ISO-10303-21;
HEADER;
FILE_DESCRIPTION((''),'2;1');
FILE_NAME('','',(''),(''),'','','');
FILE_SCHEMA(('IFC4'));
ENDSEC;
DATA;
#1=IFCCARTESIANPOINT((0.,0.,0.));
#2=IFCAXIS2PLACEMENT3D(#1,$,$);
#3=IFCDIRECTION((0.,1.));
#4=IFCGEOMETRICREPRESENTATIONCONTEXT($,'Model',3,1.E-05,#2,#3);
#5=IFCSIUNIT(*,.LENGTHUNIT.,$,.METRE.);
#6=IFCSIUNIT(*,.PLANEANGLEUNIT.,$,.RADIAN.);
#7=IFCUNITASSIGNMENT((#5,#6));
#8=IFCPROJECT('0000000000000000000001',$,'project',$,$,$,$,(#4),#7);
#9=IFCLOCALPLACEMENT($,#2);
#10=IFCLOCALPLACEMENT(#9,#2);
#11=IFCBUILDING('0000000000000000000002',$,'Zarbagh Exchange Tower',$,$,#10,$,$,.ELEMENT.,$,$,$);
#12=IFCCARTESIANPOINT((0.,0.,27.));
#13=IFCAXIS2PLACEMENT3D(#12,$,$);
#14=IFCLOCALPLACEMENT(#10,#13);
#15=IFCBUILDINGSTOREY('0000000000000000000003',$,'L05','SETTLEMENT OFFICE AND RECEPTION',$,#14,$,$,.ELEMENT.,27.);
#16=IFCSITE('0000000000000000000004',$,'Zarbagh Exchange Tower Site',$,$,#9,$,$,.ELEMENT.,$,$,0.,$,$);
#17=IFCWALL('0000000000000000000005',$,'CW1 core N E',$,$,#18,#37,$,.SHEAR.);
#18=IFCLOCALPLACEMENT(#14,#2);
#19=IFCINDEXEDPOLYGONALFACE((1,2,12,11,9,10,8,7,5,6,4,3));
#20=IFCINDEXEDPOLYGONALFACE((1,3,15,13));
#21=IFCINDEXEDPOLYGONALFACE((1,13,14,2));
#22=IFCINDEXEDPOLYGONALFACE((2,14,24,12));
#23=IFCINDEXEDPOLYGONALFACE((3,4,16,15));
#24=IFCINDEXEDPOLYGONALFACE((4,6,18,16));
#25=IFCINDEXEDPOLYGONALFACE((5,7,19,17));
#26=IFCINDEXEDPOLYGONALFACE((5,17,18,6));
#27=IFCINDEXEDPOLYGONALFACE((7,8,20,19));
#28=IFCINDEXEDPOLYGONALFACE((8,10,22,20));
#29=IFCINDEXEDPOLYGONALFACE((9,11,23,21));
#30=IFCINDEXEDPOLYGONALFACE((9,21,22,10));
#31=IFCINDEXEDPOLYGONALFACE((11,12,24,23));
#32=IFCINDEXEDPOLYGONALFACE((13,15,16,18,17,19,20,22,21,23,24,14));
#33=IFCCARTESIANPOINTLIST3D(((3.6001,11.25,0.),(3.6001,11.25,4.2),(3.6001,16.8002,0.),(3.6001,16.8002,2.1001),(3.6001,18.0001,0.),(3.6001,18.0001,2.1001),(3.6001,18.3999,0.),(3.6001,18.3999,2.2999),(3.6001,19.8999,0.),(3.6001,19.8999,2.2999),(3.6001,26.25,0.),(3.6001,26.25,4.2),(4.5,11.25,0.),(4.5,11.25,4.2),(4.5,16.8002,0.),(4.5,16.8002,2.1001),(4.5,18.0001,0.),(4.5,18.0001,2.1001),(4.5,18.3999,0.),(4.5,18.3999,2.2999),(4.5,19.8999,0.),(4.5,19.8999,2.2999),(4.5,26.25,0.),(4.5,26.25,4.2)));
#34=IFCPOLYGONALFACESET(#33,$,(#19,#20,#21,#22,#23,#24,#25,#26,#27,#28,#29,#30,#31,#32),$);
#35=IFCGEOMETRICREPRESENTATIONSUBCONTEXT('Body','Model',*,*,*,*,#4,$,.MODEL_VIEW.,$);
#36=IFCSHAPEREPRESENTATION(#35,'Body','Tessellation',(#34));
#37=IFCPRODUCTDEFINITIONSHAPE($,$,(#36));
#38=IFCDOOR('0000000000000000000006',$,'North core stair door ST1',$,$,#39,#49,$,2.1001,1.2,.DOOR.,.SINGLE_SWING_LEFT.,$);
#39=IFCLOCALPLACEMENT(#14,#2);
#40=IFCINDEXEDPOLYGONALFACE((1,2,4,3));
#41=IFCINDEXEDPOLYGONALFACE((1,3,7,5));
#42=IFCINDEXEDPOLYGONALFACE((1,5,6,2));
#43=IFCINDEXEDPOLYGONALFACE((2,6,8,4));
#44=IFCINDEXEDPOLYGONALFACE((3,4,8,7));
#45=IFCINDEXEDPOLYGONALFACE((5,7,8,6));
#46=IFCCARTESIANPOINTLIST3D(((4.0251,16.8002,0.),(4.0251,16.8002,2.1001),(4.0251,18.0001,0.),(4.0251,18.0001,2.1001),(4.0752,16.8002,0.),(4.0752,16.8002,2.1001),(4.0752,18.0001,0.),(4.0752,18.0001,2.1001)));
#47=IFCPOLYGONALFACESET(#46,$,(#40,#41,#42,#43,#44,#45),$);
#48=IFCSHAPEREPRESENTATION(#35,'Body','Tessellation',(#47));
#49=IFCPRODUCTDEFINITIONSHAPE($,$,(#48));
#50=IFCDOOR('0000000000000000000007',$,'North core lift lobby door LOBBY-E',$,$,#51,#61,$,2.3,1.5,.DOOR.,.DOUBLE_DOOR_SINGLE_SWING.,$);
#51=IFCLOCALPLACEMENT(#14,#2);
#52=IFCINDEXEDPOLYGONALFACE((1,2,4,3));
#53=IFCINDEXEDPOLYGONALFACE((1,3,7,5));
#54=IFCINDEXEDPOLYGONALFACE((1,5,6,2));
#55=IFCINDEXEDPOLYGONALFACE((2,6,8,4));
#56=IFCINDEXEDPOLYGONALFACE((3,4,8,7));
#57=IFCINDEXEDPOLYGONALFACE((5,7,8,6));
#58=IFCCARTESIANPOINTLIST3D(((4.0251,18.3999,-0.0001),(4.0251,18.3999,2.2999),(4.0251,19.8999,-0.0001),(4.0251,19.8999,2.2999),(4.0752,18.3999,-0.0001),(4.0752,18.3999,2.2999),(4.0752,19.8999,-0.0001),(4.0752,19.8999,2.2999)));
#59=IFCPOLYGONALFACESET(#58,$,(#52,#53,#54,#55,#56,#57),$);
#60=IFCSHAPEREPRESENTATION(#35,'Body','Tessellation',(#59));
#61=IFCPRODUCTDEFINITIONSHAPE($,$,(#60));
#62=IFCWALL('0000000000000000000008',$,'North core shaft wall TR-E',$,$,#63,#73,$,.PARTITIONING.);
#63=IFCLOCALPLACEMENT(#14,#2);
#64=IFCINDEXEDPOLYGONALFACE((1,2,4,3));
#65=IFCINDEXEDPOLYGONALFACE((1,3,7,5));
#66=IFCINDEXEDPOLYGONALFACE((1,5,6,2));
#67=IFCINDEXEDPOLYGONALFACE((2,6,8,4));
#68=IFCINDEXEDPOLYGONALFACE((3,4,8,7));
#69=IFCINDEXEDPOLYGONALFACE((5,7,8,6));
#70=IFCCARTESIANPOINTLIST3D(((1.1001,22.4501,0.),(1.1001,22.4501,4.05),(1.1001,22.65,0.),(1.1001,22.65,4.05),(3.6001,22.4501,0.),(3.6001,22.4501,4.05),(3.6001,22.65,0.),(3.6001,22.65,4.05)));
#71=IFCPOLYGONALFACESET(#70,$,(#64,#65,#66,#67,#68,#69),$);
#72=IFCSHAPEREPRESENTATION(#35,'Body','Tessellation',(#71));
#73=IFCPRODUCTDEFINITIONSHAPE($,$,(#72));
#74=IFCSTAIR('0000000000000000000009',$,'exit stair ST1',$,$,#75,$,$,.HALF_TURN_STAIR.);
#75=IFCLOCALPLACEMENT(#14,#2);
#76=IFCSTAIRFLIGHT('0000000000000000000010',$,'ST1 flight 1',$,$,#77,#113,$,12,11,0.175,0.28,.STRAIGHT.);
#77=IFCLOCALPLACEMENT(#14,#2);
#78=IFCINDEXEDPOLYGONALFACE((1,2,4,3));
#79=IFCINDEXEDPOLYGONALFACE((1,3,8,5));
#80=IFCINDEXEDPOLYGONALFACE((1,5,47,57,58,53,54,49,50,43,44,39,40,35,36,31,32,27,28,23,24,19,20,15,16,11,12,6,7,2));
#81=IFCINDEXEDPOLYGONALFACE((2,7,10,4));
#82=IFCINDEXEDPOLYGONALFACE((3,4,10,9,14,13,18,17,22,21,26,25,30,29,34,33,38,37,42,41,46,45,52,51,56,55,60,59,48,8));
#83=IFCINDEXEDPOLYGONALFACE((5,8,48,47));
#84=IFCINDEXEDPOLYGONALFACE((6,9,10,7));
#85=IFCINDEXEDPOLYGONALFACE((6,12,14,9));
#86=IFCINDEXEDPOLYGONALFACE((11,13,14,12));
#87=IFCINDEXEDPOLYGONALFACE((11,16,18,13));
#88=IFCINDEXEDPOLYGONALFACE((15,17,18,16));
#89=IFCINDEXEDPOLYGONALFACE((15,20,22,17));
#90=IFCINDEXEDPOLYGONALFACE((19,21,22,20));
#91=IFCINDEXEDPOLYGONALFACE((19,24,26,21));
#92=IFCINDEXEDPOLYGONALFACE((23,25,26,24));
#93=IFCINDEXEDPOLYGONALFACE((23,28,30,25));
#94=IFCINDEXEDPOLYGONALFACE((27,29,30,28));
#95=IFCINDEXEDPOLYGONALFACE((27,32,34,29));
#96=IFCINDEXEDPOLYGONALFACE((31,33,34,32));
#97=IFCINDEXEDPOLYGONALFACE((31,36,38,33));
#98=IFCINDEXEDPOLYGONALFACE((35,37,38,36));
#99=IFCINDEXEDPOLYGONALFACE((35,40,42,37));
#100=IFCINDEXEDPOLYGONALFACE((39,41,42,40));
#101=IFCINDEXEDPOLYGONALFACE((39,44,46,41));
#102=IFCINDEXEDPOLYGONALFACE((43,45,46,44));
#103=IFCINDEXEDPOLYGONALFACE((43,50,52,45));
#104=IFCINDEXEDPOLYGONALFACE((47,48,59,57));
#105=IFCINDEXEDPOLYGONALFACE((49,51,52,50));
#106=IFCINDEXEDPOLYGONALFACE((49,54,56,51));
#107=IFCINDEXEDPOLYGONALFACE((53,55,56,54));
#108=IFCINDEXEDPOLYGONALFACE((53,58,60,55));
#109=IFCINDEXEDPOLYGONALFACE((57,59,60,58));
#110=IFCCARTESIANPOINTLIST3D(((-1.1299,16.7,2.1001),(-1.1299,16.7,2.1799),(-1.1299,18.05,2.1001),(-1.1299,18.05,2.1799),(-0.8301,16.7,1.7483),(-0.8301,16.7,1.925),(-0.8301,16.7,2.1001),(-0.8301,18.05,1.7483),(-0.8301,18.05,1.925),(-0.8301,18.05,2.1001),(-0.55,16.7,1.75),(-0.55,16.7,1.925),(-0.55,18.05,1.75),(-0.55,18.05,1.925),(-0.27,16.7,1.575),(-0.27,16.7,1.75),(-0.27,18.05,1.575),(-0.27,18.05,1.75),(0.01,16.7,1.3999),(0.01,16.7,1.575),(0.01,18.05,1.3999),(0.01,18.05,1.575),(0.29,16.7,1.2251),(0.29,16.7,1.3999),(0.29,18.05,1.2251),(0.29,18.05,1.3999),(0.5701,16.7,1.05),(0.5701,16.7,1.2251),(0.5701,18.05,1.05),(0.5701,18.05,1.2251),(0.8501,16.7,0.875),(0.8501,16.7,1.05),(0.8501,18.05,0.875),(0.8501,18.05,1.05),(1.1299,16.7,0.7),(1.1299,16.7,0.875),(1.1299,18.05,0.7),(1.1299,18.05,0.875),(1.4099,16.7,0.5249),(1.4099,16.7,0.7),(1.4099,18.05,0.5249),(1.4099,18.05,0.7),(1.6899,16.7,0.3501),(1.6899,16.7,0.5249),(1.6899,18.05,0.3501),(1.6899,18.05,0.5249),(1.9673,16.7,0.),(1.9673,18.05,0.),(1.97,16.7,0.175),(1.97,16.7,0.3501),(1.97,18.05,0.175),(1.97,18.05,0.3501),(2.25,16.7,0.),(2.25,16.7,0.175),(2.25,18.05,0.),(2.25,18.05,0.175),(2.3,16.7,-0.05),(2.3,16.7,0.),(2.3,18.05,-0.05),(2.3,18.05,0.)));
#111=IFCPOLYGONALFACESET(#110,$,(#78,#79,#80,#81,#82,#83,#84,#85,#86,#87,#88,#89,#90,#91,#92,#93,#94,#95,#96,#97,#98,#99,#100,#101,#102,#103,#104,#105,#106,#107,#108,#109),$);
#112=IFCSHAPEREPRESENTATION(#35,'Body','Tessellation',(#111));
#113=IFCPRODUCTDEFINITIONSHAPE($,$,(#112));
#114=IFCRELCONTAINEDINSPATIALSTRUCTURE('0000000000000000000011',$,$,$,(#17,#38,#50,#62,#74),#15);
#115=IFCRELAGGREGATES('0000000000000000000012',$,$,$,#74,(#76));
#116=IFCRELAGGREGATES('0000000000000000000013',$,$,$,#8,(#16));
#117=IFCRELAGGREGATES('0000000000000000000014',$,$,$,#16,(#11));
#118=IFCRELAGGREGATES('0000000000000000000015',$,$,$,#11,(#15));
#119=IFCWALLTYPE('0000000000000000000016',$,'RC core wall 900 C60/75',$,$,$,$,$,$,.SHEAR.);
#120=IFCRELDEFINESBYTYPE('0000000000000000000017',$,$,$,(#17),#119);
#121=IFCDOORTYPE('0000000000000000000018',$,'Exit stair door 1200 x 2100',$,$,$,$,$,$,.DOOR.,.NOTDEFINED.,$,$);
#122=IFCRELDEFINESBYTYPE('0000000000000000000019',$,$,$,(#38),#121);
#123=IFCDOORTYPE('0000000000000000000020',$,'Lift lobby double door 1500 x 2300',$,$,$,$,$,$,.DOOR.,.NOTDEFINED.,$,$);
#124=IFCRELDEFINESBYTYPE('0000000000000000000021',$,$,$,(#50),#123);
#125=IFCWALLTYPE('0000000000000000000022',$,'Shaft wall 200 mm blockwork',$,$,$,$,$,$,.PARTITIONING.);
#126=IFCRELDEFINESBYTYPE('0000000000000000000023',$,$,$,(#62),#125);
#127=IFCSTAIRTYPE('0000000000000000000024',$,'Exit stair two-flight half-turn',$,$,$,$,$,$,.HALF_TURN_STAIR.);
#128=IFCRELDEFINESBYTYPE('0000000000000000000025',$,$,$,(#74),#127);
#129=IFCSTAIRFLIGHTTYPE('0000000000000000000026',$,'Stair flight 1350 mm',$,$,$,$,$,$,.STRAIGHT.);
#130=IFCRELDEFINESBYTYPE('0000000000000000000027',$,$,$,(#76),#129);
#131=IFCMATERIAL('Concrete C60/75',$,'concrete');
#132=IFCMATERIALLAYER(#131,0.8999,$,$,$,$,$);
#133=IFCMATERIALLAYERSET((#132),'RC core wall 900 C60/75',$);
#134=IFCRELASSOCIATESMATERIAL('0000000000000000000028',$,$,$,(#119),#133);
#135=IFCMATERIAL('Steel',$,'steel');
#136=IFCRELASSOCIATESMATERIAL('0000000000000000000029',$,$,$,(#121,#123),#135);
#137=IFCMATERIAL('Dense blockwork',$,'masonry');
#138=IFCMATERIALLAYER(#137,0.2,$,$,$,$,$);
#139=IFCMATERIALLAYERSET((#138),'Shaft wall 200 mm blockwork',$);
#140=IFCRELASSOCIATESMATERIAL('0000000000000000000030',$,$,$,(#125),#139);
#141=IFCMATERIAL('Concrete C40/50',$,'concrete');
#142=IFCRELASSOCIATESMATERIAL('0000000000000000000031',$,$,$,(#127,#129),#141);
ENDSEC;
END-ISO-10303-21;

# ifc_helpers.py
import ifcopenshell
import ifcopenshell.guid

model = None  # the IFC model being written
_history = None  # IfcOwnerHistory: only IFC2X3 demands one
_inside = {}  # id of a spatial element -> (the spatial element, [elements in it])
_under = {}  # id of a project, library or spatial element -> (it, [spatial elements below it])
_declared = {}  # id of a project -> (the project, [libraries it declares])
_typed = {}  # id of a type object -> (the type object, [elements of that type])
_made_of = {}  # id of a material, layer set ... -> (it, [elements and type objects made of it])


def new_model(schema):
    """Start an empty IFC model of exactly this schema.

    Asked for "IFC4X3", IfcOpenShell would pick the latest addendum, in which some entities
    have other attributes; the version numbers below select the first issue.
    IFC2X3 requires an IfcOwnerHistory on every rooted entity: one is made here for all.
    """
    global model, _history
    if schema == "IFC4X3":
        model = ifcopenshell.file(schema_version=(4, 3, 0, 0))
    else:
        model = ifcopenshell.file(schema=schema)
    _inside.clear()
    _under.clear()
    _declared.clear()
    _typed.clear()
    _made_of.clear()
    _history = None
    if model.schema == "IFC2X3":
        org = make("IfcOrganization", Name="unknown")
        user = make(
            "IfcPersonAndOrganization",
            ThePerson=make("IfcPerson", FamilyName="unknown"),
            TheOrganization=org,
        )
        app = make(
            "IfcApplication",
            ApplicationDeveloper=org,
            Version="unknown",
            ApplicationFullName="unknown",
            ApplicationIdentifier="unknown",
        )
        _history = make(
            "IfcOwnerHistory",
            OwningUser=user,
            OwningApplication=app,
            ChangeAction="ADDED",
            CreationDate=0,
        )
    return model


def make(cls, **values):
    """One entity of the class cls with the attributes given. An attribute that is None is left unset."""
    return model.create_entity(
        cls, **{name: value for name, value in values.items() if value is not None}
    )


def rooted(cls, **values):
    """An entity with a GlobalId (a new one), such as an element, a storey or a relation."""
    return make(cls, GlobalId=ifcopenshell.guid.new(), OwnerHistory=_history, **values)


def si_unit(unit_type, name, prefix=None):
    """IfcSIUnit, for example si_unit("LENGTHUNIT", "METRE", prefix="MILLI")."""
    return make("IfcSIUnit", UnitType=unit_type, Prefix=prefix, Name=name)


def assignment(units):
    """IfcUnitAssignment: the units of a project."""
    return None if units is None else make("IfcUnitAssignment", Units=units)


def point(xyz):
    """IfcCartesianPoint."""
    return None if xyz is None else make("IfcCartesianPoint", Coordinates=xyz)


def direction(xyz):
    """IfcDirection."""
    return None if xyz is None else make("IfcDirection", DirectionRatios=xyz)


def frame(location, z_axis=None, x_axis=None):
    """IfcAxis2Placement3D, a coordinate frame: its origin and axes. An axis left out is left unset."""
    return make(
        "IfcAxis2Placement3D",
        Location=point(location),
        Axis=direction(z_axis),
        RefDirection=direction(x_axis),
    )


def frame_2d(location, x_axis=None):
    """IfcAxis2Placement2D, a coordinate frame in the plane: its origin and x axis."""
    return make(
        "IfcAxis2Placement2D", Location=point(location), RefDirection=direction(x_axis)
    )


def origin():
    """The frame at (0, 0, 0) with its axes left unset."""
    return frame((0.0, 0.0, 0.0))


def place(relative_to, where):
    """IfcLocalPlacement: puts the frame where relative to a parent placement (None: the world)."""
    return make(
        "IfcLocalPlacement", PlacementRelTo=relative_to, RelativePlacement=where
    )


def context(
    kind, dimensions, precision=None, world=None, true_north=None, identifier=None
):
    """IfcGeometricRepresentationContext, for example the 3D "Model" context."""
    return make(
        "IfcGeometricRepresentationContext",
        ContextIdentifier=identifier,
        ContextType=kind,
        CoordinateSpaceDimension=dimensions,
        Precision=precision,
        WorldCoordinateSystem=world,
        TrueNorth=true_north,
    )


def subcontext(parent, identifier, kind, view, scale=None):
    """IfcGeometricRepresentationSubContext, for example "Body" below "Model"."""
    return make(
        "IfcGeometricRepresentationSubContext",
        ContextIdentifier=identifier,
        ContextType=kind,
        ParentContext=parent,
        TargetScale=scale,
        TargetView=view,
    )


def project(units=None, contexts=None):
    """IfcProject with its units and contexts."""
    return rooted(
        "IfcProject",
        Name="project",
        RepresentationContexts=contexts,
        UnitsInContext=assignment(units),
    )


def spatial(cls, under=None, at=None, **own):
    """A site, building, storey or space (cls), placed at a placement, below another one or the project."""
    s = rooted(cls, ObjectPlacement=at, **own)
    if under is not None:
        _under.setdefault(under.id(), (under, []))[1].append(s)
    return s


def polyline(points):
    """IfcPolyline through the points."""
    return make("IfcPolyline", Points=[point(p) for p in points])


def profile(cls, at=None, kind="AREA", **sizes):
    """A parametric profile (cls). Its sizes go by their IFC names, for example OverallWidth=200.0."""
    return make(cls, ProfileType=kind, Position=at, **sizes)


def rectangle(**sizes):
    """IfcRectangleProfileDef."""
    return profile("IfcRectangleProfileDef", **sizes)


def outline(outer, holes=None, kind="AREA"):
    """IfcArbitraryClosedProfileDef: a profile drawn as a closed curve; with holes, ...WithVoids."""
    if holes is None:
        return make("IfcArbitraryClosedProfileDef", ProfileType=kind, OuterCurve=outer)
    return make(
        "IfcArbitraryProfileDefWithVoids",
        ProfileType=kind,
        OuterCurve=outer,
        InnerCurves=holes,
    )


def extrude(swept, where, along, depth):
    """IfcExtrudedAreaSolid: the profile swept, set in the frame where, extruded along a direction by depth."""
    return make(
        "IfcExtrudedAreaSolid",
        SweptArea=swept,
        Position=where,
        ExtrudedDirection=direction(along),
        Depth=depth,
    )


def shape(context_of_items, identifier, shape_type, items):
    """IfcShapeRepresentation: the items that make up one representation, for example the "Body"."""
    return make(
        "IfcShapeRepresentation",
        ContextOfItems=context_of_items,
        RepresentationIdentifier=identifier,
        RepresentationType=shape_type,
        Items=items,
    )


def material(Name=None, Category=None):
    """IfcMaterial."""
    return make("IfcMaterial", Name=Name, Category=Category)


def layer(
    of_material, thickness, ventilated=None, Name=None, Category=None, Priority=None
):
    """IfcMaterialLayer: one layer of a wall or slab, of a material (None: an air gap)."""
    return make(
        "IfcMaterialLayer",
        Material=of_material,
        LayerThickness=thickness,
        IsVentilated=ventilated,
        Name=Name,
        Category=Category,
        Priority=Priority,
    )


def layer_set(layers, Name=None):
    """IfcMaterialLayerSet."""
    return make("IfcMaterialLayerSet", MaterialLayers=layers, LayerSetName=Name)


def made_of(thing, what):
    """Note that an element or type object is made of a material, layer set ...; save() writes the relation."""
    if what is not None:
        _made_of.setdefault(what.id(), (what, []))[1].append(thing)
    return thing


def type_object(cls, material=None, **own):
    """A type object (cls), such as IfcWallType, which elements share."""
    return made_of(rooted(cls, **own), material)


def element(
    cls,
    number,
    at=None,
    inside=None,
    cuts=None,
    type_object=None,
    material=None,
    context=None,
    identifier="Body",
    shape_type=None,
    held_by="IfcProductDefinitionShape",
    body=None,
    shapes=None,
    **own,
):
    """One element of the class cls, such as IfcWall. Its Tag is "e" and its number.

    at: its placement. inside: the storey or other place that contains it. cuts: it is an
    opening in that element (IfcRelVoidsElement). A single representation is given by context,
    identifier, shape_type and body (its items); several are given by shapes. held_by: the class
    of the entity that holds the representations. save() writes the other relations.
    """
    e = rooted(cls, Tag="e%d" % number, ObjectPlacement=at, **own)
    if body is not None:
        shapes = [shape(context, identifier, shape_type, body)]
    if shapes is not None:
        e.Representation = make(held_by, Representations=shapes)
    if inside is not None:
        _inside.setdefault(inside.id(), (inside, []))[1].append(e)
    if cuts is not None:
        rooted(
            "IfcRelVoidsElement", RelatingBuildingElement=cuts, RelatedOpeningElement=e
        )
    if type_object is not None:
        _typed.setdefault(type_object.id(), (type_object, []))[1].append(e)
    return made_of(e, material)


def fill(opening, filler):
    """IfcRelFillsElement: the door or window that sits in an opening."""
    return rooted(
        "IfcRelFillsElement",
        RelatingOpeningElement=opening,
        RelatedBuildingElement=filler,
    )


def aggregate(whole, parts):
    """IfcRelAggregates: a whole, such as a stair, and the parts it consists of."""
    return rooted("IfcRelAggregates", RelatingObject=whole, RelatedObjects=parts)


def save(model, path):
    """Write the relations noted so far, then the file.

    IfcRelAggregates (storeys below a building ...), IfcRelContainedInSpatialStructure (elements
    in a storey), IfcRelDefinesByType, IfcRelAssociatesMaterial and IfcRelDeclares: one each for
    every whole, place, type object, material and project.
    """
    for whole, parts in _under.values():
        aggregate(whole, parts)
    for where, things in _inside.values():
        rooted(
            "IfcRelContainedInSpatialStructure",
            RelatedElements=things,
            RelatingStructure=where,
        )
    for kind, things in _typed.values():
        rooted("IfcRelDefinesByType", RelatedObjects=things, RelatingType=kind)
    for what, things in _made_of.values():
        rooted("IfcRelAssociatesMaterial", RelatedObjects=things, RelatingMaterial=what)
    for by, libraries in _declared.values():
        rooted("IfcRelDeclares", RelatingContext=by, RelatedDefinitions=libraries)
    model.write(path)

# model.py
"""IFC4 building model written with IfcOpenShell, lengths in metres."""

from ifc_helpers import new_model, si_unit, direction, frame, frame_2d, origin, place, context, subcontext, project, spatial, polyline, rectangle, outline, extrude, material, layer, layer_set, type_object, element, fill, aggregate, save


model = new_model("IFC4")

# Units and contexts
model_context = context("Model", 3, precision=1e-05, world=origin(), true_north=direction((0.0, 1.0)))
body_context = subcontext(model_context, "Body", "Model", "MODEL_VIEW")
ifc_project = project(units=[si_unit("LENGTHUNIT", "METRE"), si_unit("PLANEANGLEUNIT", "RADIAN")], contexts=[model_context])

# Site, building, storey
site_placement = place(None, origin())
site = spatial("IfcSite", under=ifc_project, at=site_placement, Name="Zarbagh Exchange Tower Site", CompositionType="ELEMENT", RefElevation=0.0)
building_placement = place(site_placement, origin())
building = spatial("IfcBuilding", under=site, at=building_placement, Name="Zarbagh Exchange Tower", CompositionType="ELEMENT")
storey_placement = place(building_placement, frame((0.0, 0.0, 27.0)))
storey = spatial("IfcBuildingStorey", under=building, at=storey_placement, Name="L05", Description="SETTLEMENT OFFICE AND RECEPTION", CompositionType="ELEMENT", Elevation=27.0)

# Shared definitions
ifc_material_1 = material(Name="Concrete C60/75", Category="concrete")

# Wall, openings, doors
ifc_layer_1 = layer(ifc_material_1, 0.8999)
ifc_layer_set_1 = layer_set([ifc_layer_1], Name="RC core wall 900 C60/75")
wall_type_1 = type_object("IfcWallType", Name="RC core wall 900 C60/75", PredefinedType="SHEAR", material=ifc_layer_set_1)
wall_1_placement = place(storey_placement, frame((4.05, 11.25, 0.0), z_axis=(0.0, 0.0, 1.0), x_axis=(0.0, 1.0, 0.0)))
wall_1 = element("IfcWall", 1, at=wall_1_placement, inside=storey, type_object=wall_type_1, Name="CW1 core N E", PredefinedType="SHEAR", context=body_context, shape_type="SweptSolid", body=[
    extrude(rectangle(XDim=15.0, YDim=0.8999, at=frame_2d((7.5, 0.0))), origin(), (0.0, 0.0, 1.0), 4.2),
])
opening_1_placement = place(wall_1_placement, frame((7.1499, 0.0, 0.0)))
opening_1 = element("IfcOpeningElement", 2, at=opening_1_placement, cuts=wall_1, PredefinedType="OPENING", context=body_context, shape_type="SweptSolid", body=[
    extrude(rectangle(XDim=1.5, YDim=2.3, at=frame_2d((0.75, 1.1499))), frame((0.0, 0.46, 0.0), z_axis=(0.0, -1.0, 0.0), x_axis=(1.0, 0.0, 0.0)), (0.0, 0.0, 1.0), 0.9199),
])
opening_2_placement = place(wall_1_placement, frame((5.55, 0.0, 0.0)))
opening_2 = element("IfcOpeningElement", 3, at=opening_2_placement, cuts=wall_1, PredefinedType="OPENING", context=body_context, shape_type="SweptSolid", body=[
    extrude(rectangle(XDim=1.2, YDim=2.1001, at=frame_2d((0.6001, 1.05))), frame((0.0, 0.46, 0.0), z_axis=(0.0, -1.0, 0.0), x_axis=(1.0, 0.0, 0.0)), (0.0, 0.0, 1.0), 0.9199),
])
ifc_material_2 = material(Name="Steel", Category="steel")
door_type_1 = type_object("IfcDoorType", Name="Exit stair door 1200 x 2100", OperationType="NOTDEFINED", PredefinedType="DOOR", material=ifc_material_2)
door_1_placement = place(opening_2_placement, origin())
door_1 = element("IfcDoor", 4, at=door_1_placement, inside=storey, type_object=door_type_1, Name="North core stair door ST1", OperationType="SINGLE_SWING_LEFT", OverallHeight=2.1001, OverallWidth=1.2, PredefinedType="DOOR", context=body_context, shape_type="SweptSolid", body=[
    extrude(rectangle(XDim=1.2, YDim=2.1001, at=frame_2d((0.6001, 1.05))), frame((0.0, 0.0249, 0.0), z_axis=(0.0, -1.0, 0.0), x_axis=(1.0, 0.0, 0.0)), (0.0, 0.0, 1.0), 0.05),
])
fill(opening_2, door_1)
door_type_2 = type_object("IfcDoorType", Name="Lift lobby double door 1500 x 2300", OperationType="NOTDEFINED", PredefinedType="DOOR", material=ifc_material_2)
door_2_placement = place(opening_1_placement, origin())
door_2 = element("IfcDoor", 5, at=door_2_placement, inside=storey, type_object=door_type_2, Name="North core lift lobby door LOBBY-E", OperationType="DOUBLE_DOOR_SINGLE_SWING", OverallHeight=2.3, OverallWidth=1.5, PredefinedType="DOOR", context=body_context, shape_type="SweptSolid", body=[
    extrude(rectangle(XDim=1.5, YDim=2.3, at=frame_2d((0.75, 1.1499))), frame((0.0, 0.0249, 0.0), z_axis=(0.0, -1.0, 0.0), x_axis=(1.0, 0.0, 0.0)), (0.0, 0.0, 1.0), 0.05),
])
fill(opening_1, door_2)

# Wall
ifc_material_3 = material(Name="Dense blockwork", Category="masonry")
ifc_layer_2 = layer(ifc_material_3, 0.2)
ifc_layer_set_2 = layer_set([ifc_layer_2], Name="Shaft wall 200 mm blockwork")
wall_type_2 = type_object("IfcWallType", Name="Shaft wall 200 mm blockwork", PredefinedType="PARTITIONING", material=ifc_layer_set_2)
wall_2_placement = place(storey_placement, frame((1.1001, 22.55, 0.0), z_axis=(0.0, 0.0, 1.0), x_axis=(1.0, 0.0, 0.0)))
element("IfcWall", 6, at=wall_2_placement, inside=storey, type_object=wall_type_2, Name="North core shaft wall TR-E", PredefinedType="PARTITIONING", context=body_context, shape_type="SweptSolid", body=[
    extrude(rectangle(XDim=2.5, YDim=0.2, at=frame_2d((1.25, 0.0))), origin(), (0.0, 0.0, 1.0), 4.05),
])

# Stair, stair flight
ifc_material_4 = material(Name="Concrete C40/50", Category="concrete")
stair_type = type_object("IfcStairType", Name="Exit stair two-flight half-turn", PredefinedType="HALF_TURN_STAIR", material=ifc_material_4)
stair_placement = place(storey_placement, origin())
stair = element("IfcStair", 7, at=stair_placement, inside=storey, type_object=stair_type, Name="exit stair ST1", PredefinedType="HALF_TURN_STAIR")
stair_flight_type = type_object("IfcStairFlightType", Name="Stair flight 1350 mm", PredefinedType="STRAIGHT", material=ifc_material_4)
stair_flight_placement = place(storey_placement, frame((2.25, 17.375, 0.0), z_axis=(0.0, 0.0, 1.0), x_axis=(-1.0, 0.0, 0.0)))
stair_flight = element("IfcStairFlight", 8, at=stair_flight_placement, type_object=stair_flight_type, Name="ST1 flight 1", NumberOfRisers=12, NumberOfTreads=11, PredefinedType="STRAIGHT", RiserHeight=0.175, TreadLength=0.28, context=body_context, shape_type="SweptSolid", body=[
    extrude(outline(polyline([(-0.05, -0.05), (-0.05, 0.0), (0.0, 0.0), (0.0, 0.175), (0.28, 0.175), (0.28, 0.3501), (0.5601, 0.3501), (0.5601, 0.5249), (0.8401, 0.5249), (0.8401, 0.7), (1.1201, 0.7), (1.1201, 0.875), (1.3999, 0.875), (1.3999, 1.05), (1.6799, 1.05), (1.6799, 1.2251), (1.96, 1.2251), (1.96, 1.3999), (2.24, 1.3999), (2.24, 1.575), (2.52, 1.575), (2.52, 1.75), (2.8, 1.75), (2.8, 1.925), (3.0801, 1.925), (3.0801, 2.1001), (3.3799, 2.1799), (3.3799, 2.1001), (3.0801, 1.7483), (0.2827, 0.0), (-0.05, -0.05)])), frame((0.0, 0.675, 0.0), z_axis=(0.0, -1.0, 0.0), x_axis=(1.0, 0.0, 0.0)), (0.0, 0.0, 1.0), 1.3501),
])
aggregate(stair, [stair_flight])

save(model, "model.ifc")
